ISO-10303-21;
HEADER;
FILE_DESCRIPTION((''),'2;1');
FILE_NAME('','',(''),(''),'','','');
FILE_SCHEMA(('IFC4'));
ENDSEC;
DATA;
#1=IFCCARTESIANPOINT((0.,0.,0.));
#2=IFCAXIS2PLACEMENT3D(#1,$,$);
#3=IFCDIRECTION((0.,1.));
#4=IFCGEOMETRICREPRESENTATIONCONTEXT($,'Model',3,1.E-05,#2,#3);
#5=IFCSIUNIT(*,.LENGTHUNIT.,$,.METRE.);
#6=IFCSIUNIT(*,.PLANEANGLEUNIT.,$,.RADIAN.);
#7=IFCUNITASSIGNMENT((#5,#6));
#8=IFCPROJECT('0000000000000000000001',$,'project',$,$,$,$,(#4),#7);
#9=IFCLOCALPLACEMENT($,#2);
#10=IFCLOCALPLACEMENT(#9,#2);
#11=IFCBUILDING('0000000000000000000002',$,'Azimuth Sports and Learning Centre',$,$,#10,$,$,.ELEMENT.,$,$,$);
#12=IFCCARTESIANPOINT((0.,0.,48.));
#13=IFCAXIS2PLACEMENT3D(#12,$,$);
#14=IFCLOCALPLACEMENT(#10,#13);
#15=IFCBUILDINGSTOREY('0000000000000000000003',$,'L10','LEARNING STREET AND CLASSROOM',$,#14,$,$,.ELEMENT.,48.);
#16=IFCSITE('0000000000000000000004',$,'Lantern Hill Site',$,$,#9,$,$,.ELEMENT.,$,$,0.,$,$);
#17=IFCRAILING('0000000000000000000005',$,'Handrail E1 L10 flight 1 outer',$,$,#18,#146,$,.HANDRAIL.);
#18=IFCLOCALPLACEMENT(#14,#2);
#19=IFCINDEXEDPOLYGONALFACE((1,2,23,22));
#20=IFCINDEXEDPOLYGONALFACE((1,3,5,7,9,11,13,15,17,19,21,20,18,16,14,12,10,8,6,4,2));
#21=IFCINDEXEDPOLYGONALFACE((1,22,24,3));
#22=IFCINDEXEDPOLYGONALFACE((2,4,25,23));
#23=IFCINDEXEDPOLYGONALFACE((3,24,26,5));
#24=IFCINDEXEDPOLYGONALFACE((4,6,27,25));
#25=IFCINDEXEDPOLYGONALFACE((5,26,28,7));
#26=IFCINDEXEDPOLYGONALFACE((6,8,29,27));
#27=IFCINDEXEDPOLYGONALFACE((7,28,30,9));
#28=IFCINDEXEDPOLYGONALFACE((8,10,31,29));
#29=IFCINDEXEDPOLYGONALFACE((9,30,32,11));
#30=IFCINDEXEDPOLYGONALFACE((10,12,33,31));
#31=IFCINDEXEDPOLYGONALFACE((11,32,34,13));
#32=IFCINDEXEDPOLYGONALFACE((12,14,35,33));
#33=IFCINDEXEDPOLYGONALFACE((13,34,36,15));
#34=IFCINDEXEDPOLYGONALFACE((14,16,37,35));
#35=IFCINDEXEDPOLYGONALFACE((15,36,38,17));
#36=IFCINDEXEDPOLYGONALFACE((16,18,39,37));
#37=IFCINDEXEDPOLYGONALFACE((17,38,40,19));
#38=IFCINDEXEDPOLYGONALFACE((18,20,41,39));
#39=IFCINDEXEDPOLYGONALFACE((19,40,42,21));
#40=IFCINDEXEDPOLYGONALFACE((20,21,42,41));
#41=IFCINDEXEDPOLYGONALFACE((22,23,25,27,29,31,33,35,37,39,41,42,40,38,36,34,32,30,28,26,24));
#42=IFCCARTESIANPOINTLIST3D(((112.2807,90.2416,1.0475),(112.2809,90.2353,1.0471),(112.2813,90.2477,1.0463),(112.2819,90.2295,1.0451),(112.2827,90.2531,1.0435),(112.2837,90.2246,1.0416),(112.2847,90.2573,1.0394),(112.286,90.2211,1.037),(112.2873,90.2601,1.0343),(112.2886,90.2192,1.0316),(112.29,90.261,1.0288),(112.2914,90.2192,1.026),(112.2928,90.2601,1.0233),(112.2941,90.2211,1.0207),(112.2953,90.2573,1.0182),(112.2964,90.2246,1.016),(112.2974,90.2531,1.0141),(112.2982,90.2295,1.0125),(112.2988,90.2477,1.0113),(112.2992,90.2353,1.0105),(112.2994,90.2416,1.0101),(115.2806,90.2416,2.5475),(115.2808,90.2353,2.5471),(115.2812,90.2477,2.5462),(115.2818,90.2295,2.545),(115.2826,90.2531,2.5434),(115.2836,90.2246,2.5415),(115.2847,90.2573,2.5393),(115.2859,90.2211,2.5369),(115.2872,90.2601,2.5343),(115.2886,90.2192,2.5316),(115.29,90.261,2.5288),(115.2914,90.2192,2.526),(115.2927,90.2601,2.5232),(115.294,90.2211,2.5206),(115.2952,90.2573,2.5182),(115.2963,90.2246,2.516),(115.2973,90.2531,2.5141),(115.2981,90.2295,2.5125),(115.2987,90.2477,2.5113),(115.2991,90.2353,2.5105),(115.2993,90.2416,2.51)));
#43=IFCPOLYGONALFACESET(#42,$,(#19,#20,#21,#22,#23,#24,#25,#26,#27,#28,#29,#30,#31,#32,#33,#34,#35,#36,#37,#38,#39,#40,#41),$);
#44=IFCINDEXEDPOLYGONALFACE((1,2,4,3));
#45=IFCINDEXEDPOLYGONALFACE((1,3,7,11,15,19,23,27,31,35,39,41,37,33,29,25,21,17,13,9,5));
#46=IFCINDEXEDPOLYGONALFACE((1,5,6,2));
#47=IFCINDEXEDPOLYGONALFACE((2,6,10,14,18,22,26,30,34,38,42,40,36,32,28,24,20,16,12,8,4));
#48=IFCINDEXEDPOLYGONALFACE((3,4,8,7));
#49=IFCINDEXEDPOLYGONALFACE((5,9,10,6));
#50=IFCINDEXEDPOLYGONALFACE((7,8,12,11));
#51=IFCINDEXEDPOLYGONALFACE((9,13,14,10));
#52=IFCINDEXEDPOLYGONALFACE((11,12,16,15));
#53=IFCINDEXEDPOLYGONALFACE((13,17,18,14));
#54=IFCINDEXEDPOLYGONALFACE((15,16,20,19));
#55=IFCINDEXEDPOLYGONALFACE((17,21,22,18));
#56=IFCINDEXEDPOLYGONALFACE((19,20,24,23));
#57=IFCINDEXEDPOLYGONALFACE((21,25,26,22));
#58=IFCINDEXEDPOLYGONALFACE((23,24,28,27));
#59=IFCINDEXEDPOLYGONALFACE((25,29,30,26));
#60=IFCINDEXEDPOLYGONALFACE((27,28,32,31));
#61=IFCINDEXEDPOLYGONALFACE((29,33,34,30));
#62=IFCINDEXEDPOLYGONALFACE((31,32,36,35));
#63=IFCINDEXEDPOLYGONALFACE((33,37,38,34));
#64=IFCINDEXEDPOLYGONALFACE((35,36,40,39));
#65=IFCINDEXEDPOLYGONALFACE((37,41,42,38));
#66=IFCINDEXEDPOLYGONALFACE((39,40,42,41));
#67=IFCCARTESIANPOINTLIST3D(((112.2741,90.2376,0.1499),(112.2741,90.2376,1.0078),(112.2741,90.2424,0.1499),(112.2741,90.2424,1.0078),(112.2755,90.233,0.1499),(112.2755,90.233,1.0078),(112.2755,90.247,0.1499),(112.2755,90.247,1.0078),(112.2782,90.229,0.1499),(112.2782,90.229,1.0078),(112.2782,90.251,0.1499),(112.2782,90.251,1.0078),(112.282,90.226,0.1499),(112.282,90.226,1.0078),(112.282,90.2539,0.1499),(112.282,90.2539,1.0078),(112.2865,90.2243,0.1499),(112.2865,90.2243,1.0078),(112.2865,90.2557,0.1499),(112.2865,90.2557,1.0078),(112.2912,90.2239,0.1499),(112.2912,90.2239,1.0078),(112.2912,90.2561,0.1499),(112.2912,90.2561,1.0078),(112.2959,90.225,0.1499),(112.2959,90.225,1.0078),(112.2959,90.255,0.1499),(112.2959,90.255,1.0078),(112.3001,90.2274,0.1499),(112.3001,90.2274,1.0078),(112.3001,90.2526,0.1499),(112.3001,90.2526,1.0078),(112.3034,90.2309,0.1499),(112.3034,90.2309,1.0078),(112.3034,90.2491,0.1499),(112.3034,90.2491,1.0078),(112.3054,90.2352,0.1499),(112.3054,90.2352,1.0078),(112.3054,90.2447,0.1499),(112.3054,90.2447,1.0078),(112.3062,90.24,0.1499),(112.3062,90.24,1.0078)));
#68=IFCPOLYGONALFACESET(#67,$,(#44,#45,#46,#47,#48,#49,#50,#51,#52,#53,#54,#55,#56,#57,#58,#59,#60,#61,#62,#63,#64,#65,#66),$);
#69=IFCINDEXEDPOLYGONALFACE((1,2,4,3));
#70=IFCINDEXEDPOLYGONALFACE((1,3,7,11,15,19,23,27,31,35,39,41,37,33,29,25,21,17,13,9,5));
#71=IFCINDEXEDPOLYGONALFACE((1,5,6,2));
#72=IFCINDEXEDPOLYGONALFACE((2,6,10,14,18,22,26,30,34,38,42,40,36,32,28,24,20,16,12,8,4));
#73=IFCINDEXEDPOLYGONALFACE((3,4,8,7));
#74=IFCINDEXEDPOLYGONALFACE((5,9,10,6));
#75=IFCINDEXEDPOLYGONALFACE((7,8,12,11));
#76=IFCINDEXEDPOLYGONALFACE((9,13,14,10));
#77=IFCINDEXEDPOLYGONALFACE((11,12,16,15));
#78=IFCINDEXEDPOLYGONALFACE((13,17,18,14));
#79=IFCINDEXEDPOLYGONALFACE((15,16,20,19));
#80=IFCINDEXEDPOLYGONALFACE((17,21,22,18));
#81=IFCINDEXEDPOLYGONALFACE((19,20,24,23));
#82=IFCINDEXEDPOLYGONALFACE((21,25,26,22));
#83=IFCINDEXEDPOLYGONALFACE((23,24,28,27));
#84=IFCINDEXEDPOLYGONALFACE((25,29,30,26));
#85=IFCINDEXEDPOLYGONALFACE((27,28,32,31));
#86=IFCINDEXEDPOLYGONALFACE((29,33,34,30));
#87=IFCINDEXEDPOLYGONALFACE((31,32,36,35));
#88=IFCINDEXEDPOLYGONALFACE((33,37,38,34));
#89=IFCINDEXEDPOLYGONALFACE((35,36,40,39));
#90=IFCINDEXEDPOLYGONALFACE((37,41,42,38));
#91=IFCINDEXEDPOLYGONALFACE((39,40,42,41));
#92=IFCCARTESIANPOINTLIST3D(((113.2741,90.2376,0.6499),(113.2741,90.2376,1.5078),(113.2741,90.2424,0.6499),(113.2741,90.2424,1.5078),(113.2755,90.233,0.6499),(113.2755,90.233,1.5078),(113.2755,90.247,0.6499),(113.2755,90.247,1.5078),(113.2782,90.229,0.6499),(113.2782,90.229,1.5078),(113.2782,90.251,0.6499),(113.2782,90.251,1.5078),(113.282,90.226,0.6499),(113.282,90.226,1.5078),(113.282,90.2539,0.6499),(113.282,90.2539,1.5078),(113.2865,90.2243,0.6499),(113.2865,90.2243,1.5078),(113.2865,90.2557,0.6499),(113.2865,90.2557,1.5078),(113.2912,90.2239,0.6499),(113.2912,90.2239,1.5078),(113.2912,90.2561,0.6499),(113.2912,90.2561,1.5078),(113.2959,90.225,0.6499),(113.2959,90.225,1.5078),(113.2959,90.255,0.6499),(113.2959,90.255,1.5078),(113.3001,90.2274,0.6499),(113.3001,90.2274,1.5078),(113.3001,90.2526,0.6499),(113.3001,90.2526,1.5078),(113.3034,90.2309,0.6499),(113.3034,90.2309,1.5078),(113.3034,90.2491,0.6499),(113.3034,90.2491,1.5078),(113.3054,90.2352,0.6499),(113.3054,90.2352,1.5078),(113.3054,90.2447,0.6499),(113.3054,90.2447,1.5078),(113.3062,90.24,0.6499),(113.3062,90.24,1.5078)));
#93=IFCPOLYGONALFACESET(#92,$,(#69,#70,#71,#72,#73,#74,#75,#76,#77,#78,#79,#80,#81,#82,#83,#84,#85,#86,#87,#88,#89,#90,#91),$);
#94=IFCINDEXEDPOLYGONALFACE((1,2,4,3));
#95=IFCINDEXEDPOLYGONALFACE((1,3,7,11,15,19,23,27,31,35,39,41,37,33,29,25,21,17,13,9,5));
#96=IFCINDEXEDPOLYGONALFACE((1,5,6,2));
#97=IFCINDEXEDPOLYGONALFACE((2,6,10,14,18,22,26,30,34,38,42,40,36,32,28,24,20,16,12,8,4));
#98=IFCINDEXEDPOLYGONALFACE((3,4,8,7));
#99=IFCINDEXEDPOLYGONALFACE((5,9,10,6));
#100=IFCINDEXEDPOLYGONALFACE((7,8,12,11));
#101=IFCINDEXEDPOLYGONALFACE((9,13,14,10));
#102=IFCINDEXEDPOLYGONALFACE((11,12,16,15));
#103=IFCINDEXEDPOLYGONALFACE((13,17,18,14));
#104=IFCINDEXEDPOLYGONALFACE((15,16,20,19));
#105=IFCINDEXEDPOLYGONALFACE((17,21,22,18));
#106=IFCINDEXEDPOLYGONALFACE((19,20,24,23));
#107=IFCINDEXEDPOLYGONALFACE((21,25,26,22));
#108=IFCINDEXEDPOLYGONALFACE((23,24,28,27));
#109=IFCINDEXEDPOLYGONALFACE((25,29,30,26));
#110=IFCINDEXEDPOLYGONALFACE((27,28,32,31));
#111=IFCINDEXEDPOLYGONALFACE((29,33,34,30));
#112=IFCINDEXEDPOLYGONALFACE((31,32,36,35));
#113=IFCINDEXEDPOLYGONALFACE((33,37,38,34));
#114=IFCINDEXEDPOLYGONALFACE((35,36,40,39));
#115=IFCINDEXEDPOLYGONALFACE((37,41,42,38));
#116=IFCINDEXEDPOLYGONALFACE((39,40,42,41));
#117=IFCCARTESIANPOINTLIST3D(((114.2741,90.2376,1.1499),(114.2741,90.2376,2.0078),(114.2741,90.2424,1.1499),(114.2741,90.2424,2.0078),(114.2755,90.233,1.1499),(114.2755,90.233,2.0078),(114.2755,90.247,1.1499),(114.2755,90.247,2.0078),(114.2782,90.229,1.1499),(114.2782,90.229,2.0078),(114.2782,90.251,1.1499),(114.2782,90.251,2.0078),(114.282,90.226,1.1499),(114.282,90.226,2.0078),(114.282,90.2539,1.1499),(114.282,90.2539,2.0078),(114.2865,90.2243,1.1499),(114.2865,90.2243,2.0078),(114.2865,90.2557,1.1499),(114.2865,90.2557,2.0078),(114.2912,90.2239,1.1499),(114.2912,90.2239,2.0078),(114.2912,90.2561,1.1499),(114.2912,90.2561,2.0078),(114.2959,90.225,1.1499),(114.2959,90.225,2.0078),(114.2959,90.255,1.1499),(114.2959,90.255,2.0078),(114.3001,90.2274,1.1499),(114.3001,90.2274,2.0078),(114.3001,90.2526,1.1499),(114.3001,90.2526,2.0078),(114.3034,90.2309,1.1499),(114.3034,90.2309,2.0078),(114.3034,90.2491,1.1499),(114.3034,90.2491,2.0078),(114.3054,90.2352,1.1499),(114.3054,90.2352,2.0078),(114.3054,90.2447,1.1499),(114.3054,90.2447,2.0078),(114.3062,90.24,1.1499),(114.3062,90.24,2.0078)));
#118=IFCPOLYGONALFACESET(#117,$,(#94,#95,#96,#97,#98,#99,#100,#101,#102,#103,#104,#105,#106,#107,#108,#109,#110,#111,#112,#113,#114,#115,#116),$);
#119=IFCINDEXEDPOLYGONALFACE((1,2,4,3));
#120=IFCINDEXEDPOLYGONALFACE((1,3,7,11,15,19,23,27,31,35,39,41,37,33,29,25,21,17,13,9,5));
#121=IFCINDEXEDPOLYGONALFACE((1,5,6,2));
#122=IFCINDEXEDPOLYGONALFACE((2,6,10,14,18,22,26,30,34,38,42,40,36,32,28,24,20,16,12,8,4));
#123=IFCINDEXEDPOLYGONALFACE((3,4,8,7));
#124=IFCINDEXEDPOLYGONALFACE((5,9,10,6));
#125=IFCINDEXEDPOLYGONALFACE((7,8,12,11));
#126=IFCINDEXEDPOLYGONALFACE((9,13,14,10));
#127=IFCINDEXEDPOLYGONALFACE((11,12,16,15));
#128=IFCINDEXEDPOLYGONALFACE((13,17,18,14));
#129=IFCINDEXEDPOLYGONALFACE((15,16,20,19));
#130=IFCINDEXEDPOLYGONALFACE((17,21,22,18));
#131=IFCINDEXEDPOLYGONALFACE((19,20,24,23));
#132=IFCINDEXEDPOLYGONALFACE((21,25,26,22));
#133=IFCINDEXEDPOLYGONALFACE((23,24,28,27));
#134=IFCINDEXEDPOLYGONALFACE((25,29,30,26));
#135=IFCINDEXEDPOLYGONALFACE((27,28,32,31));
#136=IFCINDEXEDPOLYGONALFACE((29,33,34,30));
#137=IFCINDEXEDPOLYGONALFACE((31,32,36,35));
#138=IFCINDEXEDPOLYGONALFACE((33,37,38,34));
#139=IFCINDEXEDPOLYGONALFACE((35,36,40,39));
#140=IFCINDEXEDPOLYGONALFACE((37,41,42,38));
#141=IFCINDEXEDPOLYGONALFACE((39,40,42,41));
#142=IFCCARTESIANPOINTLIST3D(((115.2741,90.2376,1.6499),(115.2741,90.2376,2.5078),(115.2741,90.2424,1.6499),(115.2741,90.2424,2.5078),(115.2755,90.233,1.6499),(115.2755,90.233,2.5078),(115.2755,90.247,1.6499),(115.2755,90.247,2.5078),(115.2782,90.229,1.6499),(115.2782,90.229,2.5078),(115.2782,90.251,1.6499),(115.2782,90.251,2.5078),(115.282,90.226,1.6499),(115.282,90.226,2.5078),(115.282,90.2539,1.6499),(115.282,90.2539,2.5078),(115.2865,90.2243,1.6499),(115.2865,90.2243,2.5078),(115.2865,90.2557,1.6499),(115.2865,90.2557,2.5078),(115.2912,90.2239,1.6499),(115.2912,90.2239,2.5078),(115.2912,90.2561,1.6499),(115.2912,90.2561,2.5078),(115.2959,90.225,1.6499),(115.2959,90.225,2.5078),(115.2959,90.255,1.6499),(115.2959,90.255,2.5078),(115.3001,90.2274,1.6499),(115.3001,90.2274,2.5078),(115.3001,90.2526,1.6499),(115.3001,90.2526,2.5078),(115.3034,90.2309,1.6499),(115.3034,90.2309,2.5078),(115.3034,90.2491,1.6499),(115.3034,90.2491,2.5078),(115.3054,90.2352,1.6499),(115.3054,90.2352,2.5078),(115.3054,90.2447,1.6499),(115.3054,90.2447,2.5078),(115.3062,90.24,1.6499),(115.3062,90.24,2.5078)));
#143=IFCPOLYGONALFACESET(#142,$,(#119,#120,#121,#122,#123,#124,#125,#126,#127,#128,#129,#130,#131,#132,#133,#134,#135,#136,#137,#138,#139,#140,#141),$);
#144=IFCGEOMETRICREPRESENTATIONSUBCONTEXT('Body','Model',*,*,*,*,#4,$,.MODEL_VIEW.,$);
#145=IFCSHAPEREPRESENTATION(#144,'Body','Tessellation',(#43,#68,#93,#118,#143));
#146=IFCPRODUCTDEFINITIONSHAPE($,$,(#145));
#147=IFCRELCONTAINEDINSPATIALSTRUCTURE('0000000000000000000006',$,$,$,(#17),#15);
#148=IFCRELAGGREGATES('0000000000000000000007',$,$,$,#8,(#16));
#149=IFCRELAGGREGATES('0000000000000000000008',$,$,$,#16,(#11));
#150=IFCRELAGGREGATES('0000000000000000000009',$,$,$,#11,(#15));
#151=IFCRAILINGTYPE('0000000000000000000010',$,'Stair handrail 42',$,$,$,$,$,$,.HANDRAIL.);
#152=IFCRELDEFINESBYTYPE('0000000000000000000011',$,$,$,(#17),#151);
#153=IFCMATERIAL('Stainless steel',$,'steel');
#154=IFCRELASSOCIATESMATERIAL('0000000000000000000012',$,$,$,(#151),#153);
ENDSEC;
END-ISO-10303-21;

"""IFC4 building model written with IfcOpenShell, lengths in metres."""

from ifc_helpers import new_model, si_unit, direction, frame, origin, origin_2d, place, context, subcontext, project, spatial, circle, extrude, material, type_object, element, save


model = new_model("IFC4")

# Units and contexts
model_context = context("Model", 3, precision=1e-05, world=origin(), true_north=direction((0.0, 1.0)))
body_context = subcontext(model_context, "Body", "Model", "MODEL_VIEW")
ifc_project = project(units=[si_unit("LENGTHUNIT", "METRE"), si_unit("PLANEANGLEUNIT", "RADIAN")], contexts=[model_context])

# Site, building, storey
site_placement = place(None, origin())
site = spatial("IfcSite", under=ifc_project, at=site_placement, Name="Lantern Hill Site", CompositionType="ELEMENT", RefElevation=0.0)
building_placement = place(site_placement, origin())
building = spatial("IfcBuilding", under=site, at=building_placement, Name="Azimuth Sports and Learning Centre", CompositionType="ELEMENT")
storey_placement = place(building_placement, frame((0.0, 0.0, 48.0)))
storey = spatial("IfcBuildingStorey", under=building, at=storey_placement, Name="L10", Description="LEARNING STREET AND CLASSROOM", CompositionType="ELEMENT", Elevation=48.0)

# Railing
ifc_material_1 = material(Name="Stainless steel", Category="steel")
railing_type_1 = type_object("IfcRailingType", Name="Stair handrail 42", PredefinedType="HANDRAIL", material=ifc_material_1)
for number, where, name in (
    (1, (112.29, 90.24, 0.1499), "Handrail E1 L10 flight 1 outer"),
):
    element("IfcRailing", number, at=place(storey_placement, frame(where)), inside=storey, type_object=railing_type_1, Name=name, PredefinedType="HANDRAIL", context=body_context, shape_type="SweptSolid", body=[
        extrude(circle(Radius=0.021, at=origin_2d()), frame((0.0, 0.0, 0.8789), z_axis=(0.894427, 0.0, 0.447214), x_axis=(0.0, 1.0, 0.0)), (0.0, 0.0, 1.0), 3.354),
        extrude(circle(Radius=0.0161, at=origin_2d()), origin(), (0.0, 0.0, 1.0), 0.8579),
        extrude(circle(Radius=0.0161, at=origin_2d()), frame((1.0, 0.0, 0.5)), (0.0, 0.0, 1.0), 0.8579),
        extrude(circle(Radius=0.0161, at=origin_2d()), frame((2.0, 0.0, 1.0)), (0.0, 0.0, 1.0), 0.8579),
        extrude(circle(Radius=0.0161, at=origin_2d()), frame((3.0, 0.0, 1.5)), (0.0, 0.0, 1.0), 0.8579),
    ])

save(model, "model.ifc")
